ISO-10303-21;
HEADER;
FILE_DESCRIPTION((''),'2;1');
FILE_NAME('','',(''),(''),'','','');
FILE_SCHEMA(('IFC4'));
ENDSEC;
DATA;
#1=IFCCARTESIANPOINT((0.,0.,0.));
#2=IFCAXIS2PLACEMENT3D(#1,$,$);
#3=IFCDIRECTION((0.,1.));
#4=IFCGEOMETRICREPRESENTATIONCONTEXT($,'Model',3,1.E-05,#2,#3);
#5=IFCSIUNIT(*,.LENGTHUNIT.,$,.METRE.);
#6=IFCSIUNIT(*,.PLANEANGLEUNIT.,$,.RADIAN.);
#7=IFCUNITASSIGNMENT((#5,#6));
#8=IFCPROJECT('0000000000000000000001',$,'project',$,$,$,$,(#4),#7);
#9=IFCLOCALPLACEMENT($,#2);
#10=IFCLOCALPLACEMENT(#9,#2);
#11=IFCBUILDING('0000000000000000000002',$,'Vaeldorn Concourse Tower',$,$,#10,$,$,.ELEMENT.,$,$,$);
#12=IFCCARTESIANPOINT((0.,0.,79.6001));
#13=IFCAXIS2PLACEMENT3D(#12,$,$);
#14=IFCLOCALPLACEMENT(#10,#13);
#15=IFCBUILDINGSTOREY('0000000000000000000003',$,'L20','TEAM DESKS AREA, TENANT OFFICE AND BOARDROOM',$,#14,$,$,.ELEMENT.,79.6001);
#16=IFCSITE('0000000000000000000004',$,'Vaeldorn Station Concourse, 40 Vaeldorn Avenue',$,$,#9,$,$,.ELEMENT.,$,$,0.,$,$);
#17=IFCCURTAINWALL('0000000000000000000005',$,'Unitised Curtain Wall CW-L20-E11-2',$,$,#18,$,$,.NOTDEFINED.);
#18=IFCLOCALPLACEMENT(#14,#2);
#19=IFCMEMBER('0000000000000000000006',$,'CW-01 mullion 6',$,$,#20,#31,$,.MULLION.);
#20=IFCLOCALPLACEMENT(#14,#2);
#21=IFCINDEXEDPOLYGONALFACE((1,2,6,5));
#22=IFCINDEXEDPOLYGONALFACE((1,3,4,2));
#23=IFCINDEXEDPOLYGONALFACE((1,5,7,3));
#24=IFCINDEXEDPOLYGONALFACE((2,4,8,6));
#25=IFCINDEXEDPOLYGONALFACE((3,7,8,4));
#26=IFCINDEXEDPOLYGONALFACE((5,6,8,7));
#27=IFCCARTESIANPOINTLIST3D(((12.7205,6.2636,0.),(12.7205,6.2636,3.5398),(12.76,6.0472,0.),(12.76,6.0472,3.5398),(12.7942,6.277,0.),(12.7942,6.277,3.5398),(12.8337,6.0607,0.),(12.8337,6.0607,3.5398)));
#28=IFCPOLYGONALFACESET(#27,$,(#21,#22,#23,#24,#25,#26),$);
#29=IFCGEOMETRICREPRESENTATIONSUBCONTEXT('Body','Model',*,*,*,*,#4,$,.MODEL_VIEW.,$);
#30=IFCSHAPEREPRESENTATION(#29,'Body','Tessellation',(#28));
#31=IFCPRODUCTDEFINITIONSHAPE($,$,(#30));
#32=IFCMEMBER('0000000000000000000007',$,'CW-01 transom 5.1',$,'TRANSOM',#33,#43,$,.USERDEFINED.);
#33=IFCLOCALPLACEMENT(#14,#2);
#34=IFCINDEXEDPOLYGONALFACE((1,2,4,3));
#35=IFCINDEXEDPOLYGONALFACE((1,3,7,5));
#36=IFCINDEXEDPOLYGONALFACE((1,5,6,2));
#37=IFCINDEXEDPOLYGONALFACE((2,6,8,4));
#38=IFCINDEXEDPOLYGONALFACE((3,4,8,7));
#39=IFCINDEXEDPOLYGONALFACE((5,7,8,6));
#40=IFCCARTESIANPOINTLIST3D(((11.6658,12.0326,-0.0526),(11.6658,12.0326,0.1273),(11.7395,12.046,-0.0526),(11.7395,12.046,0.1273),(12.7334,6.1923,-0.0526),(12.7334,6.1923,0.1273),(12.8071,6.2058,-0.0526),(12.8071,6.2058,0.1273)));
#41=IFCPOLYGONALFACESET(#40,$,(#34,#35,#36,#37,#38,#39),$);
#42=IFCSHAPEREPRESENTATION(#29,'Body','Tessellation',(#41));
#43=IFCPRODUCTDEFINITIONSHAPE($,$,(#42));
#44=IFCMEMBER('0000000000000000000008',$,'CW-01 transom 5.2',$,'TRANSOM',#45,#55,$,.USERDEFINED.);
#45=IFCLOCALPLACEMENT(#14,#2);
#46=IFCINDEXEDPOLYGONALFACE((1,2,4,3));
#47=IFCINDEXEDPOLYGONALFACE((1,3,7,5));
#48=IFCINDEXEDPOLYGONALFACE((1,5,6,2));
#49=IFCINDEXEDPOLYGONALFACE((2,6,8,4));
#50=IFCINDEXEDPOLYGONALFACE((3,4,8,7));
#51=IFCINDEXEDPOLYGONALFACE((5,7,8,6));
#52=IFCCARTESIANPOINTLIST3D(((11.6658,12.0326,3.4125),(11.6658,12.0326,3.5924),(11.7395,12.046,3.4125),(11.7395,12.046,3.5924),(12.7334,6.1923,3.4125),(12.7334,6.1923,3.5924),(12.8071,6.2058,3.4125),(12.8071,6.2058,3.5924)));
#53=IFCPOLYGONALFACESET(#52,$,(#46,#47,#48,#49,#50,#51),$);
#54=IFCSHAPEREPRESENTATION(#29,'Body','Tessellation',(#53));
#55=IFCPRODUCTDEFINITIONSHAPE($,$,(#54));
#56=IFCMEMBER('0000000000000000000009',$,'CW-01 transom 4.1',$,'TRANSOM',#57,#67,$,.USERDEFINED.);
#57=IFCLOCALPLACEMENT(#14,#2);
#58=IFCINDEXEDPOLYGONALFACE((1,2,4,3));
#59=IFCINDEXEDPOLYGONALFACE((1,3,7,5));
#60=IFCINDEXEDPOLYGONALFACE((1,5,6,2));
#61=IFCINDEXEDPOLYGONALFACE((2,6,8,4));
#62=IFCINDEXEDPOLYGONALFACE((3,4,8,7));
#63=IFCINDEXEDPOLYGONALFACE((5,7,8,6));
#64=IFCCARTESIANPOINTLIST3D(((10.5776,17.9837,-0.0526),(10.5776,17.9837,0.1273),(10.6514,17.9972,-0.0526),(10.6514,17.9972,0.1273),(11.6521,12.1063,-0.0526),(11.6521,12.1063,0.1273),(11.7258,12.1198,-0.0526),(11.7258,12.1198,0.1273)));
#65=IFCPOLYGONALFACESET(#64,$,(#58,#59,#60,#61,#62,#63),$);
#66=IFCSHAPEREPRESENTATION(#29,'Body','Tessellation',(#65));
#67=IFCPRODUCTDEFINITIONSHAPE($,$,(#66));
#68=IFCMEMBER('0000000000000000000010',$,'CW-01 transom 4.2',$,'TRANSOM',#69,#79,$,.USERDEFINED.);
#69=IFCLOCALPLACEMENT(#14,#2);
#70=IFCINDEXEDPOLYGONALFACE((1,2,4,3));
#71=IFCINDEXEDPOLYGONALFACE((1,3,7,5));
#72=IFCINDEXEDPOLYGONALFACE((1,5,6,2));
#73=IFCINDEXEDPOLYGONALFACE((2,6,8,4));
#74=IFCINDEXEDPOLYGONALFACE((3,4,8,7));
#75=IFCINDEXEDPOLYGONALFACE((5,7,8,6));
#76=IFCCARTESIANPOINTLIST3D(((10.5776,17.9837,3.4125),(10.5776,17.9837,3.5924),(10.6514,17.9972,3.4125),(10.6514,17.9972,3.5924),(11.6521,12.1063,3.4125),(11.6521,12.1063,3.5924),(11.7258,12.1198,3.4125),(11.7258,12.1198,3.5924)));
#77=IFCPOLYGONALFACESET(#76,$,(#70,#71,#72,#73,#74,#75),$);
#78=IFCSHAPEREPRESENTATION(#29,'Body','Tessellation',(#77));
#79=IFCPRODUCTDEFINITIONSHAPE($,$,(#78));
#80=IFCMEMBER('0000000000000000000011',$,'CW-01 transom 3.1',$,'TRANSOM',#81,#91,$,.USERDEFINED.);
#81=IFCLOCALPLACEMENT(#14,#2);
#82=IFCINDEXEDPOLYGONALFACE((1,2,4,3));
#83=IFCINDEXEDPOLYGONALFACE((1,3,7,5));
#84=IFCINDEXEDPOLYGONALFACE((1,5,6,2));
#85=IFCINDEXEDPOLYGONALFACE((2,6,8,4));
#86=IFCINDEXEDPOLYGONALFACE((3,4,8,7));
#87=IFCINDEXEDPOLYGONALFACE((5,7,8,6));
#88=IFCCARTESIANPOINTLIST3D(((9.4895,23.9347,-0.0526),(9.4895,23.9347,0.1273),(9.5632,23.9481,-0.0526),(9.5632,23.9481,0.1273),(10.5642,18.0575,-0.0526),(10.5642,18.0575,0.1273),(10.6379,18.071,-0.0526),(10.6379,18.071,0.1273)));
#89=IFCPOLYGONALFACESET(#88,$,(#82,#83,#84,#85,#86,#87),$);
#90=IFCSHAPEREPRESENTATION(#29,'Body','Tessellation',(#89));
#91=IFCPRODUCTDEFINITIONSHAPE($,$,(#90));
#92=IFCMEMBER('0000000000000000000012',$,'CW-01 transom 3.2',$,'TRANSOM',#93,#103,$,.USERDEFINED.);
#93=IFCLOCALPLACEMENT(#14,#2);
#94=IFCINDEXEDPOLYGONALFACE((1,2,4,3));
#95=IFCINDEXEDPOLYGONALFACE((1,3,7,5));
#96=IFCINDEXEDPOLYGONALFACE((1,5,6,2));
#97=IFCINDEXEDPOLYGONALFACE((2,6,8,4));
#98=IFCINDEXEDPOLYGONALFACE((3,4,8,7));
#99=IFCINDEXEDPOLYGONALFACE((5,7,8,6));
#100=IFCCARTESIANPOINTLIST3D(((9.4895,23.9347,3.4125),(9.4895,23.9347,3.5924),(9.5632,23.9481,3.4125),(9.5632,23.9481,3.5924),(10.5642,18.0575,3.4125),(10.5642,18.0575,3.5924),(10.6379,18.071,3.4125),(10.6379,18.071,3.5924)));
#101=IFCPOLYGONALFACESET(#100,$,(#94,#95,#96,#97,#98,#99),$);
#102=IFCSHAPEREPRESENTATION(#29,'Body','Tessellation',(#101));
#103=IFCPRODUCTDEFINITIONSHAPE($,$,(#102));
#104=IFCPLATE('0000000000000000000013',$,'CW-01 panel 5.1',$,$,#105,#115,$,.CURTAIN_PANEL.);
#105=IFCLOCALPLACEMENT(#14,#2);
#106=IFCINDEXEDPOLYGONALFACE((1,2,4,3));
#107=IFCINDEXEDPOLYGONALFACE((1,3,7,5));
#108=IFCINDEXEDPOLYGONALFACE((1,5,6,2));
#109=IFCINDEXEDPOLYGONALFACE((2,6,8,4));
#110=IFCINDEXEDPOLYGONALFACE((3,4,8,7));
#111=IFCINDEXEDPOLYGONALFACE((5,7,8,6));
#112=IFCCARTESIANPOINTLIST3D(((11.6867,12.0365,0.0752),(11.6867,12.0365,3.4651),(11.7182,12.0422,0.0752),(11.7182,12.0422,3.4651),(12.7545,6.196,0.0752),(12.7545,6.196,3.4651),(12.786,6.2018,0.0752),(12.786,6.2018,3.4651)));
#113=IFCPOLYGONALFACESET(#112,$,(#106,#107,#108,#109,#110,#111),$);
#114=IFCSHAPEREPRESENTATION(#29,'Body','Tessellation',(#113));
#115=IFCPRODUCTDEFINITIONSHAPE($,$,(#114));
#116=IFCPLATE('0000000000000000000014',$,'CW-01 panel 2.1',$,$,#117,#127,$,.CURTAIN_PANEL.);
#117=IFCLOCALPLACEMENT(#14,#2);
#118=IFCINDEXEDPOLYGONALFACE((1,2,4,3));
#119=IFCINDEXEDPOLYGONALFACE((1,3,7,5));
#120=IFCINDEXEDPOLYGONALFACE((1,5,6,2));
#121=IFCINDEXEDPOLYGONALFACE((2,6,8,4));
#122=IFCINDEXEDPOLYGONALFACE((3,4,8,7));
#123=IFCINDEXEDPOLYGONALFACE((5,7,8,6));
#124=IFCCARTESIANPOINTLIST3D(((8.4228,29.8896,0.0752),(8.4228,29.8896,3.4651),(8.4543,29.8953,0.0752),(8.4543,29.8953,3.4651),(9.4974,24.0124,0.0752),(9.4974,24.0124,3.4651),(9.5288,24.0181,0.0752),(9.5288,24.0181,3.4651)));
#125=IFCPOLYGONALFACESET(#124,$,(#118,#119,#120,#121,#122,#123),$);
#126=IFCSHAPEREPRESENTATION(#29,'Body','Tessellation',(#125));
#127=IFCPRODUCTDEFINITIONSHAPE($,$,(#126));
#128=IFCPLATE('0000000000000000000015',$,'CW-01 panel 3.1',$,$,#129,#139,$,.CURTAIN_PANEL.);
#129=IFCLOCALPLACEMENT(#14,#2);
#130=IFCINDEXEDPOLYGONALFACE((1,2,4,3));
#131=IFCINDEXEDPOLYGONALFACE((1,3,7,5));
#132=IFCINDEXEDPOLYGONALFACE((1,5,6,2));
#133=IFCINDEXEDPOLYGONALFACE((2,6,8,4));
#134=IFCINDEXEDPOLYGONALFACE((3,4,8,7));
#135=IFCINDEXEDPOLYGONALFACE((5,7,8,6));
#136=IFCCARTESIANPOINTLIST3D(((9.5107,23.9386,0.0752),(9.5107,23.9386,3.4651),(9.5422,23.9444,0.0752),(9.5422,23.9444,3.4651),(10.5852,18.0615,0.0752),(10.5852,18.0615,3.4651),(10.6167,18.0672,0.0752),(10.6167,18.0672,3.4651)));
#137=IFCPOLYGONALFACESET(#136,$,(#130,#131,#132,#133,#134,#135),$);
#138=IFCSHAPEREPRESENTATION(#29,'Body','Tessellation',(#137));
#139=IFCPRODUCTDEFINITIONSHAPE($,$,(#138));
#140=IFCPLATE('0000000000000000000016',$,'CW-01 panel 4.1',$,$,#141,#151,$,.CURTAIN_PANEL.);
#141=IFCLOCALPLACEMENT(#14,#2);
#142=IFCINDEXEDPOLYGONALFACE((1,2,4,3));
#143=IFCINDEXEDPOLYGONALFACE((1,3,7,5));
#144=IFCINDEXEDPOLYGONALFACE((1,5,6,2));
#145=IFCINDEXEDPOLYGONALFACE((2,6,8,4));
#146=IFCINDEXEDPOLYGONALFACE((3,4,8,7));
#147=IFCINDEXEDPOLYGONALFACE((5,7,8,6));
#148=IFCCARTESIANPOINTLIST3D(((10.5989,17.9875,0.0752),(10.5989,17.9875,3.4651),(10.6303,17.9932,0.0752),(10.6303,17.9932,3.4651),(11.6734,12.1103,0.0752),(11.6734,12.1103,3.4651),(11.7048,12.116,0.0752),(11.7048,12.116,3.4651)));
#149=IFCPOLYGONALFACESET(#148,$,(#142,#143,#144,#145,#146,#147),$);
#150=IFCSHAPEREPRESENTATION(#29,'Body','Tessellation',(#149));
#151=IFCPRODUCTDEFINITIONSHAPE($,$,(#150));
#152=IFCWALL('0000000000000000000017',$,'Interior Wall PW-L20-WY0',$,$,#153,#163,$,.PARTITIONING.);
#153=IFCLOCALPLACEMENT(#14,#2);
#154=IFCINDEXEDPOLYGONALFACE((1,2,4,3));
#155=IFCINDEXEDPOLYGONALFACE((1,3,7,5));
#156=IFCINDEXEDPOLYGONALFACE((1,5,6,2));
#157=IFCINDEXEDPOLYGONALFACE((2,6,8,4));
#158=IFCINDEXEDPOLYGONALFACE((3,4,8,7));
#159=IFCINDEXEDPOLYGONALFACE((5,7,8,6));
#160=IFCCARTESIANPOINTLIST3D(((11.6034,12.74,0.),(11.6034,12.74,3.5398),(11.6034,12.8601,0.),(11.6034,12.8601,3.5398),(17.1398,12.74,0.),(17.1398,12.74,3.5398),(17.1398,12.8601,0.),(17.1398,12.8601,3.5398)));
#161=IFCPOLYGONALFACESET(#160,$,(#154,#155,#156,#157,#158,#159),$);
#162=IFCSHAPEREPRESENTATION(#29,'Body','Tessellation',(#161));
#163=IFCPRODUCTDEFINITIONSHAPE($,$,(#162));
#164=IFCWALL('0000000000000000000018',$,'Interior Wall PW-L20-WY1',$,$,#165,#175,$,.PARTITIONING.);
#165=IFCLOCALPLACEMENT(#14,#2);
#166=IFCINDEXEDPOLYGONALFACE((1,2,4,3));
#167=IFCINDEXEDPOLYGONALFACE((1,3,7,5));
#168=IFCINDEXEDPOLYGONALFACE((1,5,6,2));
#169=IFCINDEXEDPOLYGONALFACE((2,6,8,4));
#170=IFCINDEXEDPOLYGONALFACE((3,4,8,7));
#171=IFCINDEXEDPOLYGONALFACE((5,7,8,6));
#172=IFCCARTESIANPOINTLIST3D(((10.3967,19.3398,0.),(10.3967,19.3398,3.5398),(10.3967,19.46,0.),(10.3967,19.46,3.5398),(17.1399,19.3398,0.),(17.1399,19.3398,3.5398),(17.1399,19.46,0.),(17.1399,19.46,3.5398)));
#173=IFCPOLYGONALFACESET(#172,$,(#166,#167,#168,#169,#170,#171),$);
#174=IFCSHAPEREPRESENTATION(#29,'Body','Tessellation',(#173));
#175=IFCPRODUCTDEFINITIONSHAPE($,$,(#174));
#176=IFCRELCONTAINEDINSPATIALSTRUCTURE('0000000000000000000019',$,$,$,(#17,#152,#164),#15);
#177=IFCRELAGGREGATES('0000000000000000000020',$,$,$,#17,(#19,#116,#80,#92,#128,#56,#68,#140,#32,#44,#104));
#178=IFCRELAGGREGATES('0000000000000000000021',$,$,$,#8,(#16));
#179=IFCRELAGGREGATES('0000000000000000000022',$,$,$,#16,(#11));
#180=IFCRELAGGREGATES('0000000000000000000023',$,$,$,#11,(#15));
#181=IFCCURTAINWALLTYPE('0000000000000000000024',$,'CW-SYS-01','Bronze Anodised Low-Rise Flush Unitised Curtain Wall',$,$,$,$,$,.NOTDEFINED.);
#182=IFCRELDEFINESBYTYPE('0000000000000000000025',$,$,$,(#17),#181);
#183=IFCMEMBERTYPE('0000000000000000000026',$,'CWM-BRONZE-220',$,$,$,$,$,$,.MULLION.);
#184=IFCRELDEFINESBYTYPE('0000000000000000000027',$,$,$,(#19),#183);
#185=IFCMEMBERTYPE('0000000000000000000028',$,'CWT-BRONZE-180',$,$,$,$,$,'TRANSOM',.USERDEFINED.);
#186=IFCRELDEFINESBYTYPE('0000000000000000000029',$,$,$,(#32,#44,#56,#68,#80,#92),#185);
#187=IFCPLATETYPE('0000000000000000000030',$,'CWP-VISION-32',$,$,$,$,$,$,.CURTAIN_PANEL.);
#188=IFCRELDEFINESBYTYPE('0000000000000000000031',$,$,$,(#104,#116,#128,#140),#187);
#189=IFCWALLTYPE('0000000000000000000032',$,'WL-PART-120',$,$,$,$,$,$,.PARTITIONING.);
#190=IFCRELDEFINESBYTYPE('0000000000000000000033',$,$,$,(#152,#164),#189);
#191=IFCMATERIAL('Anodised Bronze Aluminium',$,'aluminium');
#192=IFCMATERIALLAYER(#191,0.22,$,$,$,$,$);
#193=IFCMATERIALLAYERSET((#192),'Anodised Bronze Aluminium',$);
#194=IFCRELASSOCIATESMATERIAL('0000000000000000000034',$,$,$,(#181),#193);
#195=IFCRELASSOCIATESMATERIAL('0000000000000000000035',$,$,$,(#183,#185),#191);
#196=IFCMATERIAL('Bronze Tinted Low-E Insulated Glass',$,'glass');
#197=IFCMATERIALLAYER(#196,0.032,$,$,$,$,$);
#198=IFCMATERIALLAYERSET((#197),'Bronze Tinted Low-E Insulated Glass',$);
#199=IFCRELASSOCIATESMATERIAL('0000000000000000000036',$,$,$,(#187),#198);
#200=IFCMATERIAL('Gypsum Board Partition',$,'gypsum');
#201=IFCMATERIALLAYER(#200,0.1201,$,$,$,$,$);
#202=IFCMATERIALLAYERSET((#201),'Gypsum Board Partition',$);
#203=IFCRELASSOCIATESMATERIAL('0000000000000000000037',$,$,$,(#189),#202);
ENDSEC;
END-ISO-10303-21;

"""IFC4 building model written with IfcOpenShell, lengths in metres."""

from ifc_helpers import new_model, si_unit, direction, frame, frame_2d, origin, origin_2d, place, context, subcontext, project, spatial, rectangle, extrude, source, transform, mapped, material, layer, layer_set, material_profile, profile_set, type_object, element, aggregate, save


model = new_model("IFC4")

# Units and contexts
model_context = context("Model", 3, precision=1e-05, world=origin(), true_north=direction((0.0, 1.0)))
body_context = subcontext(model_context, "Body", "Model", "MODEL_VIEW")
ifc_project = project(units=[si_unit("LENGTHUNIT", "METRE"), si_unit("PLANEANGLEUNIT", "RADIAN")], contexts=[model_context])

# Site, building, storey
site_placement = place(None, origin())
site = spatial("IfcSite", under=ifc_project, at=site_placement, Name="Vaeldorn Station Concourse, 40 Vaeldorn Avenue", CompositionType="ELEMENT", RefElevation=0.0)
building_placement = place(site_placement, origin())
building = spatial("IfcBuilding", under=site, at=building_placement, Name="Vaeldorn Concourse Tower", CompositionType="ELEMENT")
storey_placement = place(building_placement, frame((0.0, 0.0, 79.6001)))
storey = spatial("IfcBuildingStorey", under=building, at=storey_placement, Name="L20", Description="TEAM DESKS AREA, TENANT OFFICE AND BOARDROOM", CompositionType="ELEMENT", Elevation=79.6001)

# Curtain wall, members, plates
ifc_material_1 = material(Name="Anodised Bronze Aluminium", Category="aluminium")
ifc_layer_1 = layer(ifc_material_1, 0.22)
ifc_layer_set_1 = layer_set([ifc_layer_1], Name="Anodised Bronze Aluminium")
curtain_wall_type = type_object("IfcCurtainWallType", Name="CW-SYS-01", Description="Bronze Anodised Low-Rise Flush Unitised Curtain Wall", PredefinedType="NOTDEFINED", material=ifc_layer_set_1)
curtain_wall_placement = place(storey_placement, origin())
curtain_wall = element("IfcCurtainWall", 1, at=curtain_wall_placement, inside=storey, type_object=curtain_wall_type, Name="Unitised Curtain Wall CW-L20-E11-2", PredefinedType="NOTDEFINED")
ifc_material_profile_1 = material_profile(ifc_material_1, rectangle(XDim=0.075, YDim=0.22, at=origin_2d()), Name="CWM 75x220")
ifc_profile_set_1 = profile_set([ifc_material_profile_1], Name="Anodised Bronze Aluminium")
member_type_1 = type_object("IfcMemberType", Name="CWM-BRONZE-220", PredefinedType="MULLION", material=ifc_profile_set_1)
shared_shape_1 = source(origin(), body_context, "Body", "SweptSolid", [
    extrude(rectangle(XDim=0.075, YDim=0.22, at=origin_2d()), origin(), (0.0, 0.0, 1.0), 3.5398),
])
member_1_placement = place(storey_placement, frame((12.7771, 6.1621, 0.0), z_axis=(0.0, 0.0, 1.0), x_axis=(0.983695, 0.179847, 0.0)))
member_1 = element("IfcMember", 2, at=member_1_placement, type_object=member_type_1, Name="CW-01 mullion 6", PredefinedType="MULLION", context=body_context, shape_type="MappedRepresentation", body=[
    mapped(shared_shape_1, transform((0.0, 0.0, 0.0), scale=1.0)),
])
ifc_material_profile_2 = material_profile(ifc_material_1, rectangle(XDim=0.075, YDim=0.1799, at=origin_2d()), Name="CWT 75x180")
ifc_profile_set_2 = profile_set([ifc_material_profile_2], Name="Anodised Bronze Aluminium")
member_type_2 = type_object("IfcMemberType", Name="CWT-BRONZE-180", ElementType="TRANSOM", PredefinedType="USERDEFINED", material=ifc_profile_set_2)
shared_shape_2 = source(origin(), body_context, "Body", "SweptSolid", [
    extrude(rectangle(XDim=0.075, YDim=0.1799, at=origin_2d()), origin(), (0.0, 0.0, 1.0), 5.937),
])
member_2_placement = place(storey_placement, frame((11.7026, 12.0393, 0.0374), z_axis=(0.179823, -0.983699, 0.0), x_axis=(0.983699, 0.179823, 0.0)))
member_2 = element("IfcMember", 3, at=member_2_placement, type_object=member_type_2, Name="CW-01 transom 5.1", ObjectType="TRANSOM", PredefinedType="USERDEFINED", context=body_context, shape_type="MappedRepresentation", body=[
    mapped(shared_shape_2, transform((0.0, 0.0, 0.0), scale=1.0)),
])
member_3_placement = place(storey_placement, frame((11.7026, 12.0393, 3.5024), z_axis=(0.179823, -0.983699, 0.0), x_axis=(0.983699, 0.179823, 0.0)))
member_3 = element("IfcMember", 4, at=member_3_placement, type_object=member_type_2, Name="CW-01 transom 5.2", ObjectType="TRANSOM", PredefinedType="USERDEFINED", context=body_context, shape_type="MappedRepresentation", body=[
    mapped(shared_shape_2, transform((0.0, 0.0, 0.0), scale=1.0)),
])
shared_shape_3 = source(origin(), body_context, "Body", "SweptSolid", [
    extrude(rectangle(XDim=0.075, YDim=0.1799, at=origin_2d()), origin(), (0.0, 0.0, 1.0), 5.9749),
])
member_4_placement = place(storey_placement, frame((10.6145, 17.9905, 0.0374), z_axis=(0.179831, -0.983698, 0.0), x_axis=(0.983698, 0.179831, 0.0)))
member_4 = element("IfcMember", 5, at=member_4_placement, type_object=member_type_2, Name="CW-01 transom 4.1", ObjectType="TRANSOM", PredefinedType="USERDEFINED", context=body_context, shape_type="MappedRepresentation", body=[
    mapped(shared_shape_3, transform((0.0, 0.0, 0.0), scale=1.0)),
])
member_5_placement = place(storey_placement, frame((10.6145, 17.9905, 3.5024), z_axis=(0.179831, -0.983698, 0.0), x_axis=(0.983698, 0.179831, 0.0)))
member_5 = element("IfcMember", 6, at=member_5_placement, type_object=member_type_2, Name="CW-01 transom 4.2", ObjectType="TRANSOM", PredefinedType="USERDEFINED", context=body_context, shape_type="MappedRepresentation", body=[
    mapped(shared_shape_3, transform((0.0, 0.0, 0.0), scale=1.0)),
])
shared_shape_4 = source(origin(), body_context, "Body", "SweptSolid", [
    extrude(rectangle(XDim=0.075, YDim=0.1799, at=origin_2d()), origin(), (0.0, 0.0, 1.0), 5.9746),
])
member_6_placement = place(storey_placement, frame((9.5264, 23.9414, 0.0374), z_axis=(0.179878, -0.983689, 0.0), x_axis=(0.983689, 0.179878, 0.0)))
member_6 = element("IfcMember", 7, at=member_6_placement, type_object=member_type_2, Name="CW-01 transom 3.1", ObjectType="TRANSOM", PredefinedType="USERDEFINED", context=body_context, shape_type="MappedRepresentation", body=[
    mapped(shared_shape_4, transform((0.0, 0.0, 0.0), scale=1.0)),
])
member_7_placement = place(storey_placement, frame((9.5264, 23.9414, 3.5024), z_axis=(0.179878, -0.983689, 0.0), x_axis=(0.983689, 0.179878, 0.0)))
member_7 = element("IfcMember", 8, at=member_7_placement, type_object=member_type_2, Name="CW-01 transom 3.2", ObjectType="TRANSOM", PredefinedType="USERDEFINED", context=body_context, shape_type="MappedRepresentation", body=[
    mapped(shared_shape_4, transform((0.0, 0.0, 0.0), scale=1.0)),
])
ifc_material_2 = material(Name="Bronze Tinted Low-E Insulated Glass", Category="glass")
ifc_layer_2 = layer(ifc_material_2, 0.032)
ifc_layer_set_2 = layer_set([ifc_layer_2], Name="Bronze Tinted Low-E Insulated Glass")
plate_type = type_object("IfcPlateType", Name="CWP-VISION-32", PredefinedType="CURTAIN_PANEL", material=ifc_layer_set_2)
shared_shape_5 = source(origin(), body_context, "Body", "SweptSolid", [
    extrude(rectangle(XDim=5.9373, YDim=0.032, at=origin_2d()), origin(), (0.0, 0.0, 1.0), 3.3899),
])
plate_1_placement = place(storey_placement, frame((12.2363, 9.1191, 0.0752), z_axis=(0.0, 0.0, 1.0), x_axis=(0.179847, -0.983695, 0.0)))
plate_1 = element("IfcPlate", 9, at=plate_1_placement, type_object=plate_type, Name="CW-01 panel 5.1", PredefinedType="CURTAIN_PANEL", context=body_context, shape_type="MappedRepresentation", body=[
    mapped(shared_shape_5, transform((0.0, 0.0, 0.0), scale=1.0)),
])
shared_shape_6 = source(origin(), body_context, "Body", "SweptSolid", [
    extrude(rectangle(XDim=5.9746, YDim=0.032, at=origin_2d()), origin(), (0.0, 0.0, 1.0), 3.3899),
])
plate_2_placement = place(storey_placement, frame((8.9758, 26.9539, 0.0752), z_axis=(0.0, 0.0, 1.0), x_axis=(0.179847, -0.983695, 0.0)))
plate_2 = element("IfcPlate", 10, at=plate_2_placement, type_object=plate_type, Name="CW-01 panel 2.1", PredefinedType="CURTAIN_PANEL", context=body_context, shape_type="MappedRepresentation", body=[
    mapped(shared_shape_6, transform((0.0, 0.0, 0.0), scale=1.0)),
])
plate_3_placement = place(storey_placement, frame((10.0637, 21.0029, 0.0752), z_axis=(0.0, 0.0, 1.0), x_axis=(0.179847, -0.983695, 0.0)))
plate_3 = element("IfcPlate", 11, at=plate_3_placement, type_object=plate_type, Name="CW-01 panel 3.1", PredefinedType="CURTAIN_PANEL", context=body_context, shape_type="MappedRepresentation", body=[
    mapped(shared_shape_6, transform((0.0, 0.0, 0.0), scale=1.0)),
])
plate_4_placement = place(storey_placement, frame((11.1519, 15.0518, 0.0752), z_axis=(0.0, 0.0, 1.0), x_axis=(0.179847, -0.983695, 0.0)))
plate_4 = element("IfcPlate", 12, at=plate_4_placement, type_object=plate_type, Name="CW-01 panel 4.1", PredefinedType="CURTAIN_PANEL", context=body_context, shape_type="MappedRepresentation", body=[
    mapped(shared_shape_6, transform((0.0, 0.0, 0.0), scale=1.0)),
])
aggregate(curtain_wall, [member_1, plate_2, member_6, member_7, plate_3, member_4, member_5, plate_4, member_2, member_3, plate_1])

# Walls
ifc_material_3 = material(Name="Gypsum Board Partition", Category="gypsum")
ifc_layer_3 = layer(ifc_material_3, 0.1201)
ifc_layer_set_3 = layer_set([ifc_layer_3], Name="Gypsum Board Partition")
wall_type = type_object("IfcWallType", Name="WL-PART-120", PredefinedType="PARTITIONING", material=ifc_layer_set_3)
wall_1_placement = place(storey_placement, frame((11.6035, 12.8, 0.0), z_axis=(0.0, 0.0, 1.0), x_axis=(1.0, 0.0, 0.0)))
element("IfcWall", 13, at=wall_1_placement, inside=storey, type_object=wall_type, Name="Interior Wall PW-L20-WY0", PredefinedType="PARTITIONING", context=body_context, shape_type="SweptSolid", body=[
    extrude(rectangle(XDim=5.5364, YDim=0.1201, at=frame_2d((2.7681, 0.0))), origin(), (0.0, 0.0, 1.0), 3.5398),
])
wall_2_placement = place(storey_placement, frame((10.3967, 19.3999, 0.0), z_axis=(0.0, 0.0, 1.0), x_axis=(1.0, 0.0, 0.0)))
element("IfcWall", 14, at=wall_2_placement, inside=storey, type_object=wall_type, Name="Interior Wall PW-L20-WY1", PredefinedType="PARTITIONING", context=body_context, shape_type="SweptSolid", body=[
    extrude(rectangle(XDim=6.7432, YDim=0.1201, at=frame_2d((3.3716, 0.0))), origin(), (0.0, 0.0, 1.0), 3.5398),
])

save(model, "model.ifc")
